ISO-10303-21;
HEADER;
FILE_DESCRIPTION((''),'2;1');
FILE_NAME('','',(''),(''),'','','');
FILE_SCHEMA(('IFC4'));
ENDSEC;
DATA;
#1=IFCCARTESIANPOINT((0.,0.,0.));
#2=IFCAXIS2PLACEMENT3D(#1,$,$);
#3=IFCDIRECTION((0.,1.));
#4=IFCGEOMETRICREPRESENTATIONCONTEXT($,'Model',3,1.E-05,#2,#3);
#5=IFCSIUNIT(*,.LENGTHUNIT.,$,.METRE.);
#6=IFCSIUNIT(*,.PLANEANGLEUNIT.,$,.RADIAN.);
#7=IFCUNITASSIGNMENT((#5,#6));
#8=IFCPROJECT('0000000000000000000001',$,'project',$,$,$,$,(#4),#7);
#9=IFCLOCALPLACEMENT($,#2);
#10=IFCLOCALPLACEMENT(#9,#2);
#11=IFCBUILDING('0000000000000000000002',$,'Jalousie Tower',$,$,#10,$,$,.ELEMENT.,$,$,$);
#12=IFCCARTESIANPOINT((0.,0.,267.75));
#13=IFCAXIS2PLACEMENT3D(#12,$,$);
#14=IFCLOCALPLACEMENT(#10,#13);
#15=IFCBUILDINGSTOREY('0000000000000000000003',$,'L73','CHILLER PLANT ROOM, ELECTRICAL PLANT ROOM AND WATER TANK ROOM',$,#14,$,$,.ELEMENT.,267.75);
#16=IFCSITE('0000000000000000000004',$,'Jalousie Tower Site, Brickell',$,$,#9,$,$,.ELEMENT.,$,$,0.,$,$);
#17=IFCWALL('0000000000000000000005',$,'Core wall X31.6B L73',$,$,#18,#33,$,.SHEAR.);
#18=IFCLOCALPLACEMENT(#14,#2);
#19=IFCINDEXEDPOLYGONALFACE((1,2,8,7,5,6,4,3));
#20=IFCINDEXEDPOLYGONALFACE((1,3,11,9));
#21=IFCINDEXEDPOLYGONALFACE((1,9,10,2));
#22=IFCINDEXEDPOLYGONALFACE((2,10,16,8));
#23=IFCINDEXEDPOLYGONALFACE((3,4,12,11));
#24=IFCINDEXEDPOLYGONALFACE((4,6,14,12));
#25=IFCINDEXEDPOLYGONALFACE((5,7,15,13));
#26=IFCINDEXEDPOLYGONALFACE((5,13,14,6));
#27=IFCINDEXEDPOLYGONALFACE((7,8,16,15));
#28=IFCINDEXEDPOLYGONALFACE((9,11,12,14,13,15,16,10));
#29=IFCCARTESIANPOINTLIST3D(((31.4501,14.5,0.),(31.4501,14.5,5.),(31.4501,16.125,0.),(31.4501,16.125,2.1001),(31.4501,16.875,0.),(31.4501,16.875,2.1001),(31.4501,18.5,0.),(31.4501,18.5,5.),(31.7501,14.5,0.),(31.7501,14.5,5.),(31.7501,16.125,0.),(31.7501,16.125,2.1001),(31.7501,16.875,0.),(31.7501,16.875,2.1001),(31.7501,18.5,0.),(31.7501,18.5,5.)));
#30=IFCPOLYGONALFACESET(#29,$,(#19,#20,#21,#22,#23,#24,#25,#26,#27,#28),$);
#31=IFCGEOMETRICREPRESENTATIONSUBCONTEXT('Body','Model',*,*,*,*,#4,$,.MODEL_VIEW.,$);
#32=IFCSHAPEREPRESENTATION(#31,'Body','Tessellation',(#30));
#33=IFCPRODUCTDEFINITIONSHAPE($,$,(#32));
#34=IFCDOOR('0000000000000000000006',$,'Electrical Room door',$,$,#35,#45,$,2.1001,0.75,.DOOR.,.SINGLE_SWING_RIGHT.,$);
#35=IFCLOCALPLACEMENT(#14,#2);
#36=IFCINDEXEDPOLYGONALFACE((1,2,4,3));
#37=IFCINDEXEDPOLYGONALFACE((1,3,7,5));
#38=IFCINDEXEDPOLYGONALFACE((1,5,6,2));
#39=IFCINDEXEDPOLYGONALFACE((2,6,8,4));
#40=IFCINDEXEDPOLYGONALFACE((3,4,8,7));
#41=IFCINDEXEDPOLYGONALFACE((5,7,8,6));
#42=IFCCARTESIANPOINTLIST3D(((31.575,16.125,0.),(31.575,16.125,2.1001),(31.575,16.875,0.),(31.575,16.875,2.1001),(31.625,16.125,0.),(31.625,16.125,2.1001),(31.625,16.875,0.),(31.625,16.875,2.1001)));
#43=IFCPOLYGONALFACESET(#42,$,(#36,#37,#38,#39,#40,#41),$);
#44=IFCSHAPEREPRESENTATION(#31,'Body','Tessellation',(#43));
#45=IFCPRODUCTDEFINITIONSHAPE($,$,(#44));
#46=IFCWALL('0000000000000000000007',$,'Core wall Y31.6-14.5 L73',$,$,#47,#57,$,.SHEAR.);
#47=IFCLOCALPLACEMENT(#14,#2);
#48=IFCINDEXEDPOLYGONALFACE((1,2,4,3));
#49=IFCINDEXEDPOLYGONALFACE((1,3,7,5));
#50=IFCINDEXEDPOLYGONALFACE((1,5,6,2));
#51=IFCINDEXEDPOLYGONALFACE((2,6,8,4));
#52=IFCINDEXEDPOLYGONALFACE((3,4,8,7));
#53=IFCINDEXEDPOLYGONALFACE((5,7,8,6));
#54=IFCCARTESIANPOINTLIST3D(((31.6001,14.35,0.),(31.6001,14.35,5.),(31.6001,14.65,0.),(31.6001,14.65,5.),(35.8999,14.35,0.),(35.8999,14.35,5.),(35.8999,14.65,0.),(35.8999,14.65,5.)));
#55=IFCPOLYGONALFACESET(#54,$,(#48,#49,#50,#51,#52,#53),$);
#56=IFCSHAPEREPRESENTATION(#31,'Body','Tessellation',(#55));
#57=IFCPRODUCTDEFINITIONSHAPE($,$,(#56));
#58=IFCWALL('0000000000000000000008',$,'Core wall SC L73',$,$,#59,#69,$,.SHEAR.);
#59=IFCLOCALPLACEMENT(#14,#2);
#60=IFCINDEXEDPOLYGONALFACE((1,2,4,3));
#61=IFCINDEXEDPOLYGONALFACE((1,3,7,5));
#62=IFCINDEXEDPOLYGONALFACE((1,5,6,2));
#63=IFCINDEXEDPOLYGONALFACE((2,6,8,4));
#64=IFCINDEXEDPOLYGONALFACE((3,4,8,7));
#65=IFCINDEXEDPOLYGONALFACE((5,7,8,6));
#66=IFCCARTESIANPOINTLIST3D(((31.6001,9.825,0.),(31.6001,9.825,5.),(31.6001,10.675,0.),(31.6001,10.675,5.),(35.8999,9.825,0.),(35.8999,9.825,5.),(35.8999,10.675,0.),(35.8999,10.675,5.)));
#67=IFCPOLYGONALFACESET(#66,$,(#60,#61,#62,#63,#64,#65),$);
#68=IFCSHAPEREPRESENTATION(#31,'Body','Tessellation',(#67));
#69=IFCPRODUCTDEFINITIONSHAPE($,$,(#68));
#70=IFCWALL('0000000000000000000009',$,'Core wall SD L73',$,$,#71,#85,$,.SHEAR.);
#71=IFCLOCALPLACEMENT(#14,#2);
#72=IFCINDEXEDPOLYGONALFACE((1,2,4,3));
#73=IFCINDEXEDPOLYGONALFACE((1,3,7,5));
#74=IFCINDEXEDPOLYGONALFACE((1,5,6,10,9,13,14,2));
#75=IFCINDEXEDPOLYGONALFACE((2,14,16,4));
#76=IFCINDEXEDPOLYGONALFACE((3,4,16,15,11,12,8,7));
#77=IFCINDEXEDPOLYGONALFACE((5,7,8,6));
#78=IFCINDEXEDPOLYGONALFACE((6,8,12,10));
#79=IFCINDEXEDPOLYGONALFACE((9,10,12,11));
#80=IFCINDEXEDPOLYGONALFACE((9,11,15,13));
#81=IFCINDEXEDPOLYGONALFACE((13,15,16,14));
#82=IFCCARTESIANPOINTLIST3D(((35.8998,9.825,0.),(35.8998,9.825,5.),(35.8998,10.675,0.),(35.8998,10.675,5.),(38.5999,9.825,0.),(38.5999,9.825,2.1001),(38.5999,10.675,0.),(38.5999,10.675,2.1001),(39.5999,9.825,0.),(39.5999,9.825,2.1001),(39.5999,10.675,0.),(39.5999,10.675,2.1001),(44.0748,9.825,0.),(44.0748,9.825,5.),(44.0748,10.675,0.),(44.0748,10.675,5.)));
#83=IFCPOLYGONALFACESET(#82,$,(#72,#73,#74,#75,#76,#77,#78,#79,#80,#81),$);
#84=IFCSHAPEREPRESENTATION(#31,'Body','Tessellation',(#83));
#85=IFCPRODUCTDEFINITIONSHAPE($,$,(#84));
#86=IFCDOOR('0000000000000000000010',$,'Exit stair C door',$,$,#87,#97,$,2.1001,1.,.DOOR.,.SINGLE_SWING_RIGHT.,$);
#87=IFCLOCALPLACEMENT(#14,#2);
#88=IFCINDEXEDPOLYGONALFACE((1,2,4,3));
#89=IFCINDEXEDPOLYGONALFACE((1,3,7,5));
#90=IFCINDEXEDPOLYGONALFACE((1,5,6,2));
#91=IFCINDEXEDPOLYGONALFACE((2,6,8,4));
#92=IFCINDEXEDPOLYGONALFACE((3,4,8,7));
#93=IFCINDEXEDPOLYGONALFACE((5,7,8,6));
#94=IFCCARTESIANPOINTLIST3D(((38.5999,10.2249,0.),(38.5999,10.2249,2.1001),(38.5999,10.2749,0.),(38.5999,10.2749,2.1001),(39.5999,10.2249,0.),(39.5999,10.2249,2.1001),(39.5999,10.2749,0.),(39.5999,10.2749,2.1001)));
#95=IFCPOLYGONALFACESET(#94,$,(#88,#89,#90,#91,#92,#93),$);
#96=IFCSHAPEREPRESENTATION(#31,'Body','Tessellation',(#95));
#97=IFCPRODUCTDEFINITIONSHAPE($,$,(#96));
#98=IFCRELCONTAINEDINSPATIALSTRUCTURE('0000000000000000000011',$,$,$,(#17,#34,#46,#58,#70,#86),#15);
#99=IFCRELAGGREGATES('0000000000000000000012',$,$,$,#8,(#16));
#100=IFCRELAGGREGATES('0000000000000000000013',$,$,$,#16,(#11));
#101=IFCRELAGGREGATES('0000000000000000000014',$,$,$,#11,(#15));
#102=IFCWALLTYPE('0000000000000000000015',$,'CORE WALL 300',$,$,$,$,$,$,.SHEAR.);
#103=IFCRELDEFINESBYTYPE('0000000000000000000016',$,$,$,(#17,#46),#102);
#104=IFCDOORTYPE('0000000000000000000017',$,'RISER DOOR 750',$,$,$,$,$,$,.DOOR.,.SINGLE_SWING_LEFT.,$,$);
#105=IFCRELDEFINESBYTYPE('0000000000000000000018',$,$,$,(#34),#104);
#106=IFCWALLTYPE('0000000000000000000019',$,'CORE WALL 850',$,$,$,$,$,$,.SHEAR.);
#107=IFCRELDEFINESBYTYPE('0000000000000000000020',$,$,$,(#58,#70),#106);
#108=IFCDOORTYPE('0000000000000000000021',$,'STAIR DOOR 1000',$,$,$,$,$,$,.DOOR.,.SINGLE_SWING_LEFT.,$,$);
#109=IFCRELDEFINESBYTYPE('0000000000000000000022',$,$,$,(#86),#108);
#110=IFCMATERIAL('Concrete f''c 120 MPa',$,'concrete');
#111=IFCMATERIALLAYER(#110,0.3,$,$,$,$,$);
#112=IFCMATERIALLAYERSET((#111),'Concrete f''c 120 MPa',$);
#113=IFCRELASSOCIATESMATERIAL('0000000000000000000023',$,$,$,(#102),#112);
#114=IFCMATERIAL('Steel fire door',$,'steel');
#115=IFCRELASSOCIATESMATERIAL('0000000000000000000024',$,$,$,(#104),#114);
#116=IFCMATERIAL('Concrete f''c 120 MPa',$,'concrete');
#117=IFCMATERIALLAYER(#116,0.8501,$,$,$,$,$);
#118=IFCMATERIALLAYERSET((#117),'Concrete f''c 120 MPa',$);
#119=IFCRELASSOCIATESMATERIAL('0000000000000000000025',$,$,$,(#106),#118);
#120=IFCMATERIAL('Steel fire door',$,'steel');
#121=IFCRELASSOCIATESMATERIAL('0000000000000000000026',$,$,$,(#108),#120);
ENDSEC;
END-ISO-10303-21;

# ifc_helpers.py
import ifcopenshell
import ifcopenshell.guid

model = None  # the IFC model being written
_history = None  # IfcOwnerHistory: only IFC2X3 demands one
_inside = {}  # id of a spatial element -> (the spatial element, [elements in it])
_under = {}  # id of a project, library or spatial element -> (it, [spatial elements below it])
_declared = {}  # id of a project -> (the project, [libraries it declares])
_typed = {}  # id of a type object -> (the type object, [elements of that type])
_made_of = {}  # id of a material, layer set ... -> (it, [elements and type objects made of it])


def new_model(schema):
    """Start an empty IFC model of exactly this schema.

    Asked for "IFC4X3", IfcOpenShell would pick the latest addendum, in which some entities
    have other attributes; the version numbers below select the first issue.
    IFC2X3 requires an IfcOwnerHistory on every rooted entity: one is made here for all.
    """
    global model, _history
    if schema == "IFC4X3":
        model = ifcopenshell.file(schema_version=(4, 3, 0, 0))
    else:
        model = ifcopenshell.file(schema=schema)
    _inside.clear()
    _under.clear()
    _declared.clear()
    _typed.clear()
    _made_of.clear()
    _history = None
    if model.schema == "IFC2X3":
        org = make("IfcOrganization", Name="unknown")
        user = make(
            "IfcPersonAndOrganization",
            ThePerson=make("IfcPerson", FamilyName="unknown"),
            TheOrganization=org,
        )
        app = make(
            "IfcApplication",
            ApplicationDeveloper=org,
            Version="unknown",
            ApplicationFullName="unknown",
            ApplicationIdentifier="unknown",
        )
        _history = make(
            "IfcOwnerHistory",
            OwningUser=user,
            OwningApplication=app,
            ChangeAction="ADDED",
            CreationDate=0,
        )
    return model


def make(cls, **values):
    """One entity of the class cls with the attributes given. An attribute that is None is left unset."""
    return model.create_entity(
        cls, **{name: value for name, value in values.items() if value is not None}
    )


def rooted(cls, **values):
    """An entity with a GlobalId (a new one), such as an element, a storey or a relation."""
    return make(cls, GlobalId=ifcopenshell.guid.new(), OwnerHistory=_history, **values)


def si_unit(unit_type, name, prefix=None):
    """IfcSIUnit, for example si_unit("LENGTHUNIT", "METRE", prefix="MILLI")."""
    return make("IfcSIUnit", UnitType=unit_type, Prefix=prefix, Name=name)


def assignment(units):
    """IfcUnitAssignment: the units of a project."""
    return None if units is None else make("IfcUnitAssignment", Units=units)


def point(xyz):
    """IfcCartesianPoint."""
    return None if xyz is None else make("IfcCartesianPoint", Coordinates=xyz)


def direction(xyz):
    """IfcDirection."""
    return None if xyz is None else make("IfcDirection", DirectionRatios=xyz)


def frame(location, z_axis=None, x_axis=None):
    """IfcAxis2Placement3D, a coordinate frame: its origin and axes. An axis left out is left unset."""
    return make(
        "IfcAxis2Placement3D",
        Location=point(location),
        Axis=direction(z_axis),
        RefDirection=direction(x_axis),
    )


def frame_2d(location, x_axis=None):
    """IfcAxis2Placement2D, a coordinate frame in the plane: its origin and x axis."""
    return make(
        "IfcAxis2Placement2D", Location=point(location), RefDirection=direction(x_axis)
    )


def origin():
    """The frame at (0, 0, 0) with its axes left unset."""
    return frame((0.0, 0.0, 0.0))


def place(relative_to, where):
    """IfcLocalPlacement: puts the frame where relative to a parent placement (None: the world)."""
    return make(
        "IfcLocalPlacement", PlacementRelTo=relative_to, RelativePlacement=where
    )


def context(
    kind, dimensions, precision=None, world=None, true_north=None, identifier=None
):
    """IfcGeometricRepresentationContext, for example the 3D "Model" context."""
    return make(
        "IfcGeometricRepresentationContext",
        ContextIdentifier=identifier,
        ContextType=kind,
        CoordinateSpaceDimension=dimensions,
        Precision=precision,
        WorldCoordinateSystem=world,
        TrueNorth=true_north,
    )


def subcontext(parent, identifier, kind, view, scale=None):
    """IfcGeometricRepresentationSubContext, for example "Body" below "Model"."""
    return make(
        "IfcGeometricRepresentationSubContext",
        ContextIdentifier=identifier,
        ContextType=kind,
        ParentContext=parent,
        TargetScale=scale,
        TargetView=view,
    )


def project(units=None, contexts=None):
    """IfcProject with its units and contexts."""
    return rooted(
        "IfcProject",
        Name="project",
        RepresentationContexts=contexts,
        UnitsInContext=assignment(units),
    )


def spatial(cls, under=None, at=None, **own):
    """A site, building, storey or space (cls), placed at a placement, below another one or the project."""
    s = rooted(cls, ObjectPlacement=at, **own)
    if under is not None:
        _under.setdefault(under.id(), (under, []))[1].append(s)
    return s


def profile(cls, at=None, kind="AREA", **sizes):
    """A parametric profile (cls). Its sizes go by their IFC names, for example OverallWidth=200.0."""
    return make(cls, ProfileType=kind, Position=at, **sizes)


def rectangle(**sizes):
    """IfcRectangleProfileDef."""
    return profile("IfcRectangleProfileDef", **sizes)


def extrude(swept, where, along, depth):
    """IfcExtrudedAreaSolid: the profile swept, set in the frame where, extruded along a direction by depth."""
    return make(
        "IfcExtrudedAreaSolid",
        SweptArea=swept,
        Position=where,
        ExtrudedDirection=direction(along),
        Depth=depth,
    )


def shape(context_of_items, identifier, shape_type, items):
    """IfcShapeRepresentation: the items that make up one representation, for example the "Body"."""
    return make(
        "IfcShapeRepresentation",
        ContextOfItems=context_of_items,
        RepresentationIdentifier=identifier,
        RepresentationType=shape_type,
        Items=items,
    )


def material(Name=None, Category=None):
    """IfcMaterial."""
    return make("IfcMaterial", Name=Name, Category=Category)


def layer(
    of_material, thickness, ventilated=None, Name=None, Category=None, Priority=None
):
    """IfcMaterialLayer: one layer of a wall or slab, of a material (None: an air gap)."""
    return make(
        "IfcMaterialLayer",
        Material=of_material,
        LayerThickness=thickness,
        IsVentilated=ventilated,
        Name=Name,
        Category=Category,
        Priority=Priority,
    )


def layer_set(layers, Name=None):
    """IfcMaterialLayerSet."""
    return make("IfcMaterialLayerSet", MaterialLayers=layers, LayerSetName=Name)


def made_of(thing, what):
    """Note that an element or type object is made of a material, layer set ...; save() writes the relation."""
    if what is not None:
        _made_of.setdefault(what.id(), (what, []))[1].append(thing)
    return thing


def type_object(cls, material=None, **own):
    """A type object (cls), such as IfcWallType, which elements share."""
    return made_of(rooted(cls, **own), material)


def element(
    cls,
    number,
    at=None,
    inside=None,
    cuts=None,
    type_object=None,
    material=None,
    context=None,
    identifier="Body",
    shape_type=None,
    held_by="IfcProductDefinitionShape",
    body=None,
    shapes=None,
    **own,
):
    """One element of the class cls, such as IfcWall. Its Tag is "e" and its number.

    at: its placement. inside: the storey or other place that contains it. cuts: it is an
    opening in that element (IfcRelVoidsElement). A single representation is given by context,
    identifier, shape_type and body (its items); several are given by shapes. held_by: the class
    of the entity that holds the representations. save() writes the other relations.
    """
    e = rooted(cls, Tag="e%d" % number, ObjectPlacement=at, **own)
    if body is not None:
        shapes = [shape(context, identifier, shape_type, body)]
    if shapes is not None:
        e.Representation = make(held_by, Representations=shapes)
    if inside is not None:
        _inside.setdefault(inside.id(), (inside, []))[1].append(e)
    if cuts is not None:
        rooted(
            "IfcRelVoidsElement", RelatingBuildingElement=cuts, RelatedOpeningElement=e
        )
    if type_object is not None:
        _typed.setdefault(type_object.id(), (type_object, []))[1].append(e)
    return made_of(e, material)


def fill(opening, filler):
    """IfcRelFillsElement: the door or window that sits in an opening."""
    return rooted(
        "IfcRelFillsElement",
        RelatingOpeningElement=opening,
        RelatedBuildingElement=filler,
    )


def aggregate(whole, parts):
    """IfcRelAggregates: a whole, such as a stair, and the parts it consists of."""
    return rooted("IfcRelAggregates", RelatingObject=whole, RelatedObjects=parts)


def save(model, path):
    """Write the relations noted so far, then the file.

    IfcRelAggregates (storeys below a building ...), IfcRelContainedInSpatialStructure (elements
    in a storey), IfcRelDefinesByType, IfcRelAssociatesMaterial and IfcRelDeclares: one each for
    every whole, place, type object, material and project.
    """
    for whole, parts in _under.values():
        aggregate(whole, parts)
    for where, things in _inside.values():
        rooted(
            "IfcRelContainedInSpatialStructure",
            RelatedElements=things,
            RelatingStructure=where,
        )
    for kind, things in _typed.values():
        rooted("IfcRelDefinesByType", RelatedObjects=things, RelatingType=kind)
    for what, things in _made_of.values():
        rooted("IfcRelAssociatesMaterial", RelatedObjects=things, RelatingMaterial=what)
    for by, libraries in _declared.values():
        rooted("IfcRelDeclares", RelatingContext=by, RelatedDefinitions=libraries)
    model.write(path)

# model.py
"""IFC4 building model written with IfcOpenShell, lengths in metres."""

from ifc_helpers import new_model, si_unit, direction, frame, frame_2d, origin, place, context, subcontext, project, spatial, rectangle, extrude, material, layer, layer_set, type_object, element, fill, save


model = new_model("IFC4")

# Units and contexts
model_context = context("Model", 3, precision=1e-05, world=origin(), true_north=direction((0.0, 1.0)))
body_context = subcontext(model_context, "Body", "Model", "MODEL_VIEW")
ifc_project = project(units=[si_unit("LENGTHUNIT", "METRE"), si_unit("PLANEANGLEUNIT", "RADIAN")], contexts=[model_context])

# Site, building, storey
site_placement = place(None, origin())
site = spatial("IfcSite", under=ifc_project, at=site_placement, Name="Jalousie Tower Site, Brickell", CompositionType="ELEMENT", RefElevation=0.0)
building_placement = place(site_placement, origin())
building = spatial("IfcBuilding", under=site, at=building_placement, Name="Jalousie Tower", CompositionType="ELEMENT")
storey_placement = place(building_placement, frame((0.0, 0.0, 267.75)))
storey = spatial("IfcBuildingStorey", under=building, at=storey_placement, Name="L73", Description="CHILLER PLANT ROOM, ELECTRICAL PLANT ROOM AND WATER TANK ROOM", CompositionType="ELEMENT", Elevation=267.75)

# Shared definitions
ifc_material_1 = material(Name="Concrete f'c 120 MPa", Category="concrete")
ifc_layer_1 = layer(ifc_material_1, 0.3)
ifc_layer_set_1 = layer_set([ifc_layer_1], Name="Concrete f'c 120 MPa")
wall_type_1 = type_object("IfcWallType", Name="CORE WALL 300", PredefinedType="SHEAR", material=ifc_layer_set_1)

# Wall, opening, door
ifc_material_2 = material(Name="Steel fire door", Category="steel")
door_type_1 = type_object("IfcDoorType", Name="RISER DOOR 750", OperationType="SINGLE_SWING_LEFT", PredefinedType="DOOR", material=ifc_material_2)
wall_1_placement = place(storey_placement, frame((31.6001, 14.5, 0.0), z_axis=(0.0, 0.0, 1.0), x_axis=(0.0, 1.0, 0.0)))
wall_1 = element("IfcWall", 1, at=wall_1_placement, inside=storey, type_object=wall_type_1, Name="Core wall X31.6B L73", PredefinedType="SHEAR", context=body_context, shape_type="SweptSolid", body=[
    extrude(rectangle(XDim=4.0, YDim=0.3, at=frame_2d((2.0, 0.0))), origin(), (0.0, 0.0, 1.0), 5.0),
])
opening_1_placement = place(wall_1_placement, frame((1.625, 0.0, 0.0)))
opening_1 = element("IfcOpeningElement", 2, at=opening_1_placement, cuts=wall_1, PredefinedType="OPENING", context=body_context, shape_type="SweptSolid", body=[
    extrude(rectangle(XDim=0.75, YDim=2.1001, at=frame_2d((0.375, 1.05))), frame((0.0, 0.1599, 0.0), z_axis=(0.0, -1.0, 0.0), x_axis=(1.0, 0.0, 0.0)), (0.0, 0.0, 1.0), 0.3201),
])
door_1_placement = place(opening_1_placement, frame((0.75, 0.0, 0.0), z_axis=(0.0, 0.0, 1.0), x_axis=(-1.0, 0.0, 0.0)))
door_1 = element("IfcDoor", 3, at=door_1_placement, inside=storey, type_object=door_type_1, Name="Electrical Room door", OperationType="SINGLE_SWING_RIGHT", OverallHeight=2.1001, OverallWidth=0.75, PredefinedType="DOOR", context=body_context, shape_type="SweptSolid", body=[
    extrude(rectangle(XDim=0.75, YDim=2.1001, at=frame_2d((0.375, 1.05))), frame((0.0, 0.0249, 0.0), z_axis=(0.0, -1.0, 0.0), x_axis=(1.0, 0.0, 0.0)), (0.0, 0.0, 1.0), 0.05),
])
fill(opening_1, door_1)

# Walls
wall_2_placement = place(storey_placement, frame((31.6001, 14.5, 0.0), z_axis=(0.0, 0.0, 1.0), x_axis=(1.0, 0.0, 0.0)))
element("IfcWall", 4, at=wall_2_placement, inside=storey, type_object=wall_type_1, Name="Core wall Y31.6-14.5 L73", PredefinedType="SHEAR", context=body_context, shape_type="SweptSolid", body=[
    extrude(rectangle(XDim=4.2998, YDim=0.3, at=frame_2d((2.1499, 0.0))), origin(), (0.0, 0.0, 1.0), 5.0),
])
ifc_material_3 = material(Name="Concrete f'c 120 MPa", Category="concrete")
ifc_layer_2 = layer(ifc_material_3, 0.8501)
ifc_layer_set_2 = layer_set([ifc_layer_2], Name="Concrete f'c 120 MPa")
wall_type_2 = type_object("IfcWallType", Name="CORE WALL 850", PredefinedType="SHEAR", material=ifc_layer_set_2)
wall_3_placement = place(storey_placement, frame((31.6001, 10.25, 0.0), z_axis=(0.0, 0.0, 1.0), x_axis=(1.0, 0.0, 0.0)))
element("IfcWall", 5, at=wall_3_placement, inside=storey, type_object=wall_type_2, Name="Core wall SC L73", PredefinedType="SHEAR", context=body_context, shape_type="SweptSolid", body=[
    extrude(rectangle(XDim=4.2998, YDim=0.8501, at=frame_2d((2.1499, 0.0))), origin(), (0.0, 0.0, 1.0), 5.0),
])

# Wall, opening, door
wall_4_placement = place(storey_placement, frame((35.8999, 10.25, 0.0), z_axis=(0.0, 0.0, 1.0), x_axis=(1.0, 0.0, 0.0)))
wall_4 = element("IfcWall", 6, at=wall_4_placement, inside=storey, type_object=wall_type_2, Name="Core wall SD L73", PredefinedType="SHEAR", context=body_context, shape_type="SweptSolid", body=[
    extrude(rectangle(XDim=8.175, YDim=0.8501, at=frame_2d((4.0874, 0.0))), origin(), (0.0, 0.0, 1.0), 5.0),
])
opening_2_placement = place(wall_4_placement, frame((2.7, 0.0, 0.0)))
opening_2 = element("IfcOpeningElement", 7, at=opening_2_placement, cuts=wall_4, PredefinedType="OPENING", context=body_context, shape_type="SweptSolid", body=[
    extrude(rectangle(XDim=1.0, YDim=2.1001, at=frame_2d((0.5, 1.05))), frame((0.0, 0.4351, 0.0), z_axis=(0.0, -1.0, 0.0), x_axis=(1.0, 0.0, 0.0)), (0.0, 0.0, 1.0), 0.8701),
])
ifc_material_4 = material(Name="Steel fire door", Category="steel")
door_type_2 = type_object("IfcDoorType", Name="STAIR DOOR 1000", OperationType="SINGLE_SWING_LEFT", PredefinedType="DOOR", material=ifc_material_4)
door_2_placement = place(opening_2_placement, origin())
door_2 = element("IfcDoor", 8, at=door_2_placement, inside=storey, type_object=door_type_2, Name="Exit stair C door", OperationType="SINGLE_SWING_RIGHT", OverallHeight=2.1001, OverallWidth=1.0, PredefinedType="DOOR", context=body_context, shape_type="SweptSolid", body=[
    extrude(rectangle(XDim=1.0, YDim=2.1001, at=frame_2d((0.5, 1.05))), frame((0.0, 0.0249, 0.0), z_axis=(0.0, -1.0, 0.0), x_axis=(1.0, 0.0, 0.0)), (0.0, 0.0, 1.0), 0.05),
])
fill(opening_2, door_2)

save(model, "model.ifc")
